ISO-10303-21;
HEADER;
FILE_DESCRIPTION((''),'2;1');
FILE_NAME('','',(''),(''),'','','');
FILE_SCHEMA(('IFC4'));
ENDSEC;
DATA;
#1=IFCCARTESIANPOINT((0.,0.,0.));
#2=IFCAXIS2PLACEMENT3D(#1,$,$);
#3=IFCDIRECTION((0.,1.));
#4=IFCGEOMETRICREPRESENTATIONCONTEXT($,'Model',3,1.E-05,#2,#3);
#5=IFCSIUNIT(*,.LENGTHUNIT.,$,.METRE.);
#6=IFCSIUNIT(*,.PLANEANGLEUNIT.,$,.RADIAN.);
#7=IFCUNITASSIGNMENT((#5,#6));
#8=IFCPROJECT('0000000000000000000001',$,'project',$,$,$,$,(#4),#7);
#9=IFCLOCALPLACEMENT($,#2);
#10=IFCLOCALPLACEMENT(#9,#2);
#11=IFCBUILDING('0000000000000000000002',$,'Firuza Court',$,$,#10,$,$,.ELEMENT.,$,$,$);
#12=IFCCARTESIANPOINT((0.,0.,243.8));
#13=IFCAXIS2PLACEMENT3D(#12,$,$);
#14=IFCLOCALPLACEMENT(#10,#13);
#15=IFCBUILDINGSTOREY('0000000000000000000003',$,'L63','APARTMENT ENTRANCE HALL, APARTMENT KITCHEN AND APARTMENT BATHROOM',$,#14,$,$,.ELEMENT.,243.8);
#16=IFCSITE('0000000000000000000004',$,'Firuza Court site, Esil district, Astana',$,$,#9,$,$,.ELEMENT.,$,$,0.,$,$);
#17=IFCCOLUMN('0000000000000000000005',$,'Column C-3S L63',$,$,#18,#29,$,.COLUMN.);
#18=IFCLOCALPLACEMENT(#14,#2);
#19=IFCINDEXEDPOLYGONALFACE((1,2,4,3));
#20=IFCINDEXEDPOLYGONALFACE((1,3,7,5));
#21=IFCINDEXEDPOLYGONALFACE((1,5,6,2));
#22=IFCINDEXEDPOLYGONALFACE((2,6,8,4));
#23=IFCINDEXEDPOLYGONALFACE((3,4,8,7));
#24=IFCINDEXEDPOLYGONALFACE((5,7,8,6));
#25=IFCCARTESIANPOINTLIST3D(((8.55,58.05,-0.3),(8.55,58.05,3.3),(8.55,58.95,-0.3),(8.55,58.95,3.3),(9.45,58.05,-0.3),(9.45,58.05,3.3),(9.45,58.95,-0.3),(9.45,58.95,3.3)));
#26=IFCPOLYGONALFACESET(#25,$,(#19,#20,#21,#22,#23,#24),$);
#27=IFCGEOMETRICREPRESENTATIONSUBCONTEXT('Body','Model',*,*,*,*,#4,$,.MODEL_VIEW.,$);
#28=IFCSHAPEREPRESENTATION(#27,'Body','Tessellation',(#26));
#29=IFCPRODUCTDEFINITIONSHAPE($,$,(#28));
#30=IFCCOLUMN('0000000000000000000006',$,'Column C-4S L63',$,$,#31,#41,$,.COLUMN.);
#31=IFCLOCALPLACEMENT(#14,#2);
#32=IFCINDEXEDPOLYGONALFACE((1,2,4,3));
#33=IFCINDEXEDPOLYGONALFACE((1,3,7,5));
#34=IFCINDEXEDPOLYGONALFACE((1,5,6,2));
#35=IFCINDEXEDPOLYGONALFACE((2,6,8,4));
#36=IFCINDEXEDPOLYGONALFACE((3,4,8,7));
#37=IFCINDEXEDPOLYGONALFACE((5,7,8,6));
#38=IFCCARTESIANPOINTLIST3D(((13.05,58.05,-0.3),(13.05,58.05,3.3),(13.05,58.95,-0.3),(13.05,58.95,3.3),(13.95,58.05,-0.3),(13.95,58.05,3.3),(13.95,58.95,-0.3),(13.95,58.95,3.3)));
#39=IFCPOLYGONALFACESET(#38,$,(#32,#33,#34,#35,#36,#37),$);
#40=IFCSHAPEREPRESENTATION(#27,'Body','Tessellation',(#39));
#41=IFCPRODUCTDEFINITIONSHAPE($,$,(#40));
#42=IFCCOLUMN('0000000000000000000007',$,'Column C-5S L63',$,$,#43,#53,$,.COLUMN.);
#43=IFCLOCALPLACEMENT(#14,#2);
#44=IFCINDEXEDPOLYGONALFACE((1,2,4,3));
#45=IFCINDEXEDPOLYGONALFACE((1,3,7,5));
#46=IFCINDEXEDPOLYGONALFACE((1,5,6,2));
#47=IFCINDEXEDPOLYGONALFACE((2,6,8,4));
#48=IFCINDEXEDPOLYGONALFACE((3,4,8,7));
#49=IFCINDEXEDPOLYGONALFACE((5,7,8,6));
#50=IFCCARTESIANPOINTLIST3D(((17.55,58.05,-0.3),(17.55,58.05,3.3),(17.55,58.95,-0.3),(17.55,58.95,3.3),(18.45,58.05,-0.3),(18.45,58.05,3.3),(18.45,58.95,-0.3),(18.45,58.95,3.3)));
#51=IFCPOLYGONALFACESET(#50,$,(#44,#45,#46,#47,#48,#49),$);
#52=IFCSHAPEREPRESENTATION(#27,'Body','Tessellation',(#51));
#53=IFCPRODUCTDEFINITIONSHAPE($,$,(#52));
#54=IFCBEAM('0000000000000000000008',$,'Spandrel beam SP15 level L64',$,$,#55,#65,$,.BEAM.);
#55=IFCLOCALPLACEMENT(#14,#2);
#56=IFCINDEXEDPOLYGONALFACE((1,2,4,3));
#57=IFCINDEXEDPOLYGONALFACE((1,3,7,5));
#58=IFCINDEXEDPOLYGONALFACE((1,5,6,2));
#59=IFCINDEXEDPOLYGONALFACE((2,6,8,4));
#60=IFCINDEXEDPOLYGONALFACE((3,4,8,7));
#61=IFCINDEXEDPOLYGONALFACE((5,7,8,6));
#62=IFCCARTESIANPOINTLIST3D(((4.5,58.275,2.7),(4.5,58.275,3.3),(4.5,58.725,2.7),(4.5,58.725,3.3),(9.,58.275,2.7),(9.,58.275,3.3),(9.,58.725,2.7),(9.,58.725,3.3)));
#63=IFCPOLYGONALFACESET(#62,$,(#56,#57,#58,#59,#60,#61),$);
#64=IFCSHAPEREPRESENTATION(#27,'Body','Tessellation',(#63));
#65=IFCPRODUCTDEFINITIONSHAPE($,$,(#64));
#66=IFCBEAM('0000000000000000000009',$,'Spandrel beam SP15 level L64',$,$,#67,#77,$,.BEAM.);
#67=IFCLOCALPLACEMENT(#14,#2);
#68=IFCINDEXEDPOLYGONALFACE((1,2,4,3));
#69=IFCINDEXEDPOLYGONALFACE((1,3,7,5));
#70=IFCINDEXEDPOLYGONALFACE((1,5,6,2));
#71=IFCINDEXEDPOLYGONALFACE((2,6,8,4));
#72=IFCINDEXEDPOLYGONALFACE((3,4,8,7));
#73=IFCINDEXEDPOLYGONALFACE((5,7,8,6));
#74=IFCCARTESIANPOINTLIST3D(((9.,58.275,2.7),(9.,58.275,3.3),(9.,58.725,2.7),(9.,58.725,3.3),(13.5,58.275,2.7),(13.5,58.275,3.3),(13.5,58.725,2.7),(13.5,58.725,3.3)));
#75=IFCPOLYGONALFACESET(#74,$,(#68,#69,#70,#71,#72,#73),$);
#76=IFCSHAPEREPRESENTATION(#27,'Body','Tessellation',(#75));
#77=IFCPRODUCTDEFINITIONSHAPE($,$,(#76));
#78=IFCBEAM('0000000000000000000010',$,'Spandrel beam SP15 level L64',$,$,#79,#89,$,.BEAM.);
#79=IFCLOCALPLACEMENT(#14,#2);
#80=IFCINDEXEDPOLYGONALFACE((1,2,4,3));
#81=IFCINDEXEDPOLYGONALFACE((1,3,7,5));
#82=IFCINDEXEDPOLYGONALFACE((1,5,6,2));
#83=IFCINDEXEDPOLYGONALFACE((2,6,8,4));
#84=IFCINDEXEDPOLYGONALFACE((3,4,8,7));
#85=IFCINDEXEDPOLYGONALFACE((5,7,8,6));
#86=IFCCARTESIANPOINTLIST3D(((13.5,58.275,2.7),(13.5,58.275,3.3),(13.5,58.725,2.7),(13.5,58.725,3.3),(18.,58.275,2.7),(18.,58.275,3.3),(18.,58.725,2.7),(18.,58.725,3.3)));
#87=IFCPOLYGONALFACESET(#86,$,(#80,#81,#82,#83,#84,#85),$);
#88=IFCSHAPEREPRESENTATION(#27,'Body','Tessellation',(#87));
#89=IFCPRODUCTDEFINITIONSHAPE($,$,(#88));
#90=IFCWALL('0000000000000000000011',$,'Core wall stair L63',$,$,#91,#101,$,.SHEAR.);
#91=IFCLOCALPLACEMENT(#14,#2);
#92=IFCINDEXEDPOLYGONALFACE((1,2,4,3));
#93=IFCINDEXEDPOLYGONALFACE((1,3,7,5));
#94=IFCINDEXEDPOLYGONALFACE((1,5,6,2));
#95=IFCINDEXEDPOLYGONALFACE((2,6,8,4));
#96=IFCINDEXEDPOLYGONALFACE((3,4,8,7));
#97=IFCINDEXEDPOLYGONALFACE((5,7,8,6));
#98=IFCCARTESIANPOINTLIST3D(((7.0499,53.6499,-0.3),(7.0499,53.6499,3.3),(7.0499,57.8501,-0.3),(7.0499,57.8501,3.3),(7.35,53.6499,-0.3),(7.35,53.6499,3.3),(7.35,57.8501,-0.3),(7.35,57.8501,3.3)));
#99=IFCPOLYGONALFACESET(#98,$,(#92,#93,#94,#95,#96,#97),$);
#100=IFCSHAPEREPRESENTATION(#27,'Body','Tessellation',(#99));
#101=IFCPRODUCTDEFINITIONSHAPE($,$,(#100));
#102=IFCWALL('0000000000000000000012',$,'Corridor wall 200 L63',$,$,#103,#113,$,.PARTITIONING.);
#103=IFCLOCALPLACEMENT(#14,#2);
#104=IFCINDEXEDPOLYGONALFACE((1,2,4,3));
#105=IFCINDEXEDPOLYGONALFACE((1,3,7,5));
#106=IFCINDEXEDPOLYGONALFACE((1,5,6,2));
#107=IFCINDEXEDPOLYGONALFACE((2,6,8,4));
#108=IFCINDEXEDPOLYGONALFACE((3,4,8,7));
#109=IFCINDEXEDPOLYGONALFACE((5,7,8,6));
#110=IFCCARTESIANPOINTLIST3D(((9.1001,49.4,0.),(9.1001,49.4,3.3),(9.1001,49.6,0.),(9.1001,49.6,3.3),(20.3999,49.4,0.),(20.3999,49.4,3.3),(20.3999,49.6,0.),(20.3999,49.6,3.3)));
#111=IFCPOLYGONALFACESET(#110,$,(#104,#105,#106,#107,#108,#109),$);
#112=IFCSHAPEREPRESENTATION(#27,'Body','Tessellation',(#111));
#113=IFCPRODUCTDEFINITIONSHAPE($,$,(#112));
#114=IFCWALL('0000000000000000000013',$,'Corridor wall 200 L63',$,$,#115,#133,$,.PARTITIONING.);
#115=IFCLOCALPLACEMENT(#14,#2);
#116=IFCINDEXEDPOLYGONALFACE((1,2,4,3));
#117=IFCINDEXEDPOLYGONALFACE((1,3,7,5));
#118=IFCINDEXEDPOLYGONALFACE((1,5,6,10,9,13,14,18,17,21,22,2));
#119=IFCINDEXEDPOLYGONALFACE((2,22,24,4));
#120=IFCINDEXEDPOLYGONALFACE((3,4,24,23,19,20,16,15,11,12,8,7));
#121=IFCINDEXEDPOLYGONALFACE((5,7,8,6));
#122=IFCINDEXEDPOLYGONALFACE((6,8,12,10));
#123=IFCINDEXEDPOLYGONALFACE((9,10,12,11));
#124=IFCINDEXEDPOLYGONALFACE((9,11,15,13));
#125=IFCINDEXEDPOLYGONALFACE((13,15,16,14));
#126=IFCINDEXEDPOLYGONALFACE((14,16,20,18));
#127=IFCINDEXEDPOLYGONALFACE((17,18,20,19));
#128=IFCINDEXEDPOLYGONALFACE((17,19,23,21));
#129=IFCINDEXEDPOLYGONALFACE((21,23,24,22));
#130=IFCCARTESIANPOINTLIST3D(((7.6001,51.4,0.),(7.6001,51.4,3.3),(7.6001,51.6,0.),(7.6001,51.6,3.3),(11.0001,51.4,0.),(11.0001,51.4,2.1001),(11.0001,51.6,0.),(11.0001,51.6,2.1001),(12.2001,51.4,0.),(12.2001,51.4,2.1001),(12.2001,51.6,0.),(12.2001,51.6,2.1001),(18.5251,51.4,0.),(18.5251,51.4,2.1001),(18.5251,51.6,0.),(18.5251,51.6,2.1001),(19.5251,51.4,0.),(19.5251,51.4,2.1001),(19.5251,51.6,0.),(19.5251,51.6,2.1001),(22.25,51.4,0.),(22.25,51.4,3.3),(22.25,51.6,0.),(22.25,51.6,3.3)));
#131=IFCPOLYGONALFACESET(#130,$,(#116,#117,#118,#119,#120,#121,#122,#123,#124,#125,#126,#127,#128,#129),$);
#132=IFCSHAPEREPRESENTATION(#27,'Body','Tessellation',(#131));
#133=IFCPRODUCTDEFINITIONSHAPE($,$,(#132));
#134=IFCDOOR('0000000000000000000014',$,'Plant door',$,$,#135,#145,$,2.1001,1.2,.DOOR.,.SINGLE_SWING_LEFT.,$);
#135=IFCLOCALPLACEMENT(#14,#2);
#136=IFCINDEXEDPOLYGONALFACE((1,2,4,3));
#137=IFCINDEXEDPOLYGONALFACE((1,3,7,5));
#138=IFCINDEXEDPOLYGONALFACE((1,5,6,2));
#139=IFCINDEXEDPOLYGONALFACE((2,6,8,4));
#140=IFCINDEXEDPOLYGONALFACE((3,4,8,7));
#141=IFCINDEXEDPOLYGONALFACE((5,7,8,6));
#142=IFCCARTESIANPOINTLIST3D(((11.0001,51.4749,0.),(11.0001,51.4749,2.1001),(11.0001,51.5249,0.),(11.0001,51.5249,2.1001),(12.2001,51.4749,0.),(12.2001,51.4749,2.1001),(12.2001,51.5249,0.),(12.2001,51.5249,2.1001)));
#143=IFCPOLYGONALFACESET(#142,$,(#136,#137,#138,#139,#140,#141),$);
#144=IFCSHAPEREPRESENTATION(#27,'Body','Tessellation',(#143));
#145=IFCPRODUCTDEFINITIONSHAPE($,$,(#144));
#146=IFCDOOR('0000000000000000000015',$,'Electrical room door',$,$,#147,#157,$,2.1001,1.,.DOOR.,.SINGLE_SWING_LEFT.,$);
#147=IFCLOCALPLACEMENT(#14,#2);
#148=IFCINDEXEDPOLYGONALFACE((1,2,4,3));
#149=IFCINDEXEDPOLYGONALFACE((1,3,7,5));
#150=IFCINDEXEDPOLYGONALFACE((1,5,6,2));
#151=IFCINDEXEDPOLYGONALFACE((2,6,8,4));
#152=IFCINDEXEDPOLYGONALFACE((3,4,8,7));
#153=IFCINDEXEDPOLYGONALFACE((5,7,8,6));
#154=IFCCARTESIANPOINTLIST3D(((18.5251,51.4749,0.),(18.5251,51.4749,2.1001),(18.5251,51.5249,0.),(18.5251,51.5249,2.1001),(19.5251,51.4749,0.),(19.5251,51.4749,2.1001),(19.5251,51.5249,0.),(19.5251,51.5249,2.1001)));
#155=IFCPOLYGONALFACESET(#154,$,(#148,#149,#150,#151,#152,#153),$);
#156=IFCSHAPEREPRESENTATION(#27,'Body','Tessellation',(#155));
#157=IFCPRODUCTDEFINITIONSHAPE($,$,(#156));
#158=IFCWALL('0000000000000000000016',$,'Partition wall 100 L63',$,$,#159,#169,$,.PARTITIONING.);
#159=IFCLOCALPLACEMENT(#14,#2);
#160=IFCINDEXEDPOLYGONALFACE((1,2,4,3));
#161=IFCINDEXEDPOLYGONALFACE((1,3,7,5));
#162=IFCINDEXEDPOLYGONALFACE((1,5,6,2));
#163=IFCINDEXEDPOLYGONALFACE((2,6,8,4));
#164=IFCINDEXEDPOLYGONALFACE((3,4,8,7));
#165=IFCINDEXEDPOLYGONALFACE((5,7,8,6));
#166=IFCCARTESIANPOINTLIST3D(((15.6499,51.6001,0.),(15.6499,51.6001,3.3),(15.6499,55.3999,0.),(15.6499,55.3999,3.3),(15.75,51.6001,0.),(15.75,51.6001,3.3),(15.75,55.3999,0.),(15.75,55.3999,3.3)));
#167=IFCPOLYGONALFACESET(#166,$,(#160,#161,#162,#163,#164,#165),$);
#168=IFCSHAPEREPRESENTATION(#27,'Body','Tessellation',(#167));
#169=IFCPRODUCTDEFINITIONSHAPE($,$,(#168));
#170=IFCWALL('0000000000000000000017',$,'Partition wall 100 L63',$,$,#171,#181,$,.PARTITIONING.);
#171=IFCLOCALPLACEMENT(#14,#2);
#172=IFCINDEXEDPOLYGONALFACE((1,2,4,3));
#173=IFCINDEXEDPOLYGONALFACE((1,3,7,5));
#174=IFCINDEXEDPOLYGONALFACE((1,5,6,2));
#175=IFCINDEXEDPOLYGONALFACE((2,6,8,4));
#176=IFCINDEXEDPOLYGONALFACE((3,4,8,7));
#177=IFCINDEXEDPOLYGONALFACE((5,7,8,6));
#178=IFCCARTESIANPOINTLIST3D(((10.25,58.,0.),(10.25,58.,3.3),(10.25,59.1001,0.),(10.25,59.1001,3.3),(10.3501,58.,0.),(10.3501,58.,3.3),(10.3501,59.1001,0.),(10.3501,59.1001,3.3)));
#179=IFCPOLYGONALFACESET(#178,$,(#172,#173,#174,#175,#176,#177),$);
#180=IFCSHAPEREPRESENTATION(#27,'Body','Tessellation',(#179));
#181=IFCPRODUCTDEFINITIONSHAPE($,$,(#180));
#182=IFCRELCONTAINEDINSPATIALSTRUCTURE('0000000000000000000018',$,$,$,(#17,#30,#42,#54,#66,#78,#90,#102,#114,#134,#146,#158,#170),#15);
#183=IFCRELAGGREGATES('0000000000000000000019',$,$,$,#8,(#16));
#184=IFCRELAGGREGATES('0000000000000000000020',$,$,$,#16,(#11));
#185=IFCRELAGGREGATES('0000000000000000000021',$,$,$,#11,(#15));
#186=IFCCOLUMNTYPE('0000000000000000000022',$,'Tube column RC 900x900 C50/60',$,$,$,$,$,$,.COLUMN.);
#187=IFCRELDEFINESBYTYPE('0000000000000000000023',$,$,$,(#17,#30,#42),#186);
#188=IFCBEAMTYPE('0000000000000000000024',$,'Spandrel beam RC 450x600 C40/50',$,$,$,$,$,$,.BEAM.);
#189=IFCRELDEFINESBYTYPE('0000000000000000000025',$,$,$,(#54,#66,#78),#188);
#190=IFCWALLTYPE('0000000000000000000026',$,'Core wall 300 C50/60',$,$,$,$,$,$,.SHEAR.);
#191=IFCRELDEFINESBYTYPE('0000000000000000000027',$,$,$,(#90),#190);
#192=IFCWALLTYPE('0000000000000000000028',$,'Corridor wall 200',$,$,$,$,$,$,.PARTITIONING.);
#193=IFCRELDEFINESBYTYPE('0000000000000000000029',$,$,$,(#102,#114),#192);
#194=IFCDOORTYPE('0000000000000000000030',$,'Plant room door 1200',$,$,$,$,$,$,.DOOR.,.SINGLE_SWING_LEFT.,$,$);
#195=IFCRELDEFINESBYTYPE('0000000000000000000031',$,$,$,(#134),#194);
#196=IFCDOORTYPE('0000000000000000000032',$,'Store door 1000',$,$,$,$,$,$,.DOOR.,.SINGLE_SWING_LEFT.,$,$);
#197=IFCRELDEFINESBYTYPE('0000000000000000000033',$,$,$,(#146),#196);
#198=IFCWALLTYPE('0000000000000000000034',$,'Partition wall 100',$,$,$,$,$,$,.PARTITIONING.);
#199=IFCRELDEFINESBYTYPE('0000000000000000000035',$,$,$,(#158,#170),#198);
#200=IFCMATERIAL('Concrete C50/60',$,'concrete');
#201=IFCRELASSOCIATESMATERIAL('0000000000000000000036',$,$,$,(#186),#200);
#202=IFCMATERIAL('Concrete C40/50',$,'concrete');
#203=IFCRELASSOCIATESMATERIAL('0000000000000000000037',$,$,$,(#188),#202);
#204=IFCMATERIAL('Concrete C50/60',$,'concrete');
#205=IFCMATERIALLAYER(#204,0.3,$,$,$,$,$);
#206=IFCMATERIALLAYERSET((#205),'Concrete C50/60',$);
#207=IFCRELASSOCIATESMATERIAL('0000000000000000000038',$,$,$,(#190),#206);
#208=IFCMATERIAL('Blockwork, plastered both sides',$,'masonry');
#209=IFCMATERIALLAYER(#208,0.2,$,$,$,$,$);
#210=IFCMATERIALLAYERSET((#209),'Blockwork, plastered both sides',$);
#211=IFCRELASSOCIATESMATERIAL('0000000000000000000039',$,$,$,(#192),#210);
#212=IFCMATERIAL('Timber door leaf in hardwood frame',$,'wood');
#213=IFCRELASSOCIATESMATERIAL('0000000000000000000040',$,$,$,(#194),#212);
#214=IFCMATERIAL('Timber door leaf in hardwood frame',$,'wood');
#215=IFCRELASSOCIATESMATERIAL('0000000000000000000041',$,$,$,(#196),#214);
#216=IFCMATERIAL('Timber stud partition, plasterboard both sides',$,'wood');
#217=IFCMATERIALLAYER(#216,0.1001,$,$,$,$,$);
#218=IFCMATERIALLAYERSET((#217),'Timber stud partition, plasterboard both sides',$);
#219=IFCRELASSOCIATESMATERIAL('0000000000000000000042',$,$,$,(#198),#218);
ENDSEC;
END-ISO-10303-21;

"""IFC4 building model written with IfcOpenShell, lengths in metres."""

from ifc_helpers import new_model, si_unit, direction, frame, frame_2d, origin, origin_2d, place, context, subcontext, project, spatial, rectangle, extrude, material, layer, layer_set, material_profile, profile_set, type_object, element, fill, save


model = new_model("IFC4")

# Units and contexts
model_context = context("Model", 3, precision=1e-05, world=origin(), true_north=direction((0.0, 1.0)))
body_context = subcontext(model_context, "Body", "Model", "MODEL_VIEW")
ifc_project = project(units=[si_unit("LENGTHUNIT", "METRE"), si_unit("PLANEANGLEUNIT", "RADIAN")], contexts=[model_context])

# Site, building, storey
site_placement = place(None, origin())
site = spatial("IfcSite", under=ifc_project, at=site_placement, Name="Firuza Court site, Esil district, Astana", CompositionType="ELEMENT", RefElevation=0.0)
building_placement = place(site_placement, origin())
building = spatial("IfcBuilding", under=site, at=building_placement, Name="Firuza Court", CompositionType="ELEMENT")
storey_placement = place(building_placement, frame((0.0, 0.0, 243.8)))
storey = spatial("IfcBuildingStorey", under=building, at=storey_placement, Name="L63", Description="APARTMENT ENTRANCE HALL, APARTMENT KITCHEN AND APARTMENT BATHROOM", CompositionType="ELEMENT", Elevation=243.8)

# Columns
ifc_material_1 = material(Name="Concrete C50/60", Category="concrete")
ifc_material_profile_1 = material_profile(ifc_material_1, rectangle(XDim=0.8999, YDim=0.8999, at=origin_2d()), Name="RC 900x900")
ifc_profile_set_1 = profile_set([ifc_material_profile_1], Name="Concrete C50/60")
column_type = type_object("IfcColumnType", Name="Tube column RC 900x900 C50/60", PredefinedType="COLUMN", material=ifc_profile_set_1)
for number, where, z_axis, x_axis, name in (
    (1, (9.0, 58.5, -0.3), (0.0, 0.0, 1.0), (1.0, 0.0, 0.0), "Column C-3S L63"),
    (2, (13.5, 58.5, -0.3), (0.0, 0.0, 1.0), (1.0, 0.0, 0.0), "Column C-4S L63"),
    (3, (18.0, 58.5, -0.3), (0.0, 0.0, 1.0), (1.0, 0.0, 0.0), "Column C-5S L63"),
):
    element("IfcColumn", number, at=place(storey_placement, frame(where, z_axis=z_axis, x_axis=x_axis)), inside=storey, type_object=column_type, Name=name, PredefinedType="COLUMN", context=body_context, shape_type="SweptSolid", body=[
        extrude(rectangle(XDim=0.8999, YDim=0.8999, at=origin_2d()), origin(), (0.0, 0.0, 1.0), 3.6001),
    ])

# Beams
ifc_material_2 = material(Name="Concrete C40/50", Category="concrete")
ifc_material_profile_2 = material_profile(ifc_material_2, rectangle(XDim=0.45, YDim=0.6001, at=origin_2d()), Name="RC 450x600")
ifc_profile_set_2 = profile_set([ifc_material_profile_2], Name="Concrete C40/50")
beam_type = type_object("IfcBeamType", Name="Spandrel beam RC 450x600 C40/50", PredefinedType="BEAM", material=ifc_profile_set_2)
for number, where, z_axis, x_axis, name in (
    (4, (9.0, 58.5, 3.0), (-1.0, 0.0, 0.0), (0.0, -1.0, 0.0), "Spandrel beam SP15 level L64"),
    (5, (13.5, 58.5, 3.0), (-1.0, 0.0, 0.0), (0.0, -1.0, 0.0), "Spandrel beam SP15 level L64"),
    (6, (18.0, 58.5, 3.0), (-1.0, 0.0, 0.0), (0.0, -1.0, 0.0), "Spandrel beam SP15 level L64"),
):
    element("IfcBeam", number, at=place(storey_placement, frame(where, z_axis=z_axis, x_axis=x_axis)), inside=storey, type_object=beam_type, Name=name, PredefinedType="BEAM", context=body_context, shape_type="SweptSolid", body=[
        extrude(rectangle(XDim=0.45, YDim=0.6001, at=origin_2d()), origin(), (0.0, 0.0, 1.0), 4.5),
    ])

# Walls
ifc_material_3 = material(Name="Concrete C50/60", Category="concrete")
ifc_layer_1 = layer(ifc_material_3, 0.3)
ifc_layer_set_1 = layer_set([ifc_layer_1], Name="Concrete C50/60")
wall_type_1 = type_object("IfcWallType", Name="Core wall 300 C50/60", PredefinedType="SHEAR", material=ifc_layer_set_1)
wall_1_placement = place(storey_placement, frame((7.2, 53.6499, -0.3), z_axis=(0.0, 0.0, 1.0), x_axis=(0.0, 1.0, 0.0)))
element("IfcWall", 7, at=wall_1_placement, inside=storey, type_object=wall_type_1, Name="Core wall stair L63", PredefinedType="SHEAR", context=body_context, shape_type="SweptSolid", body=[
    extrude(rectangle(XDim=4.2002, YDim=0.3, at=frame_2d((2.1001, 0.0))), origin(), (0.0, 0.0, 1.0), 3.6001),
])
ifc_material_4 = material(Name="Blockwork, plastered both sides", Category="masonry")
ifc_layer_2 = layer(ifc_material_4, 0.2)
ifc_layer_set_2 = layer_set([ifc_layer_2], Name="Blockwork, plastered both sides")
wall_type_2 = type_object("IfcWallType", Name="Corridor wall 200", PredefinedType="PARTITIONING", material=ifc_layer_set_2)
wall_2_placement = place(storey_placement, frame((9.1001, 49.5, 0.0), z_axis=(0.0, 0.0, 1.0), x_axis=(1.0, 0.0, 0.0)))
element("IfcWall", 8, at=wall_2_placement, inside=storey, type_object=wall_type_2, Name="Corridor wall 200 L63", PredefinedType="PARTITIONING", context=body_context, shape_type="SweptSolid", body=[
    extrude(rectangle(XDim=11.2998, YDim=0.2, at=frame_2d((5.6499, 0.0))), origin(), (0.0, 0.0, 1.0), 3.3),
])

# Wall, openings, doors
wall_3_placement = place(storey_placement, frame((7.6001, 51.5, 0.0), z_axis=(0.0, 0.0, 1.0), x_axis=(1.0, 0.0, 0.0)))
wall_3 = element("IfcWall", 9, at=wall_3_placement, inside=storey, type_object=wall_type_2, Name="Corridor wall 200 L63", PredefinedType="PARTITIONING", context=body_context, shape_type="SweptSolid", body=[
    extrude(rectangle(XDim=14.6499, YDim=0.2, at=frame_2d((7.325, 0.0))), origin(), (0.0, 0.0, 1.0), 3.3),
])
opening_1_placement = place(wall_3_placement, frame((3.3999, 0.0, 0.0)))
opening_1 = element("IfcOpeningElement", 10, at=opening_1_placement, cuts=wall_3, PredefinedType="OPENING", context=body_context, shape_type="SweptSolid", body=[
    extrude(rectangle(XDim=1.2, YDim=2.1001, at=frame_2d((0.6001, 1.05))), frame((0.0, 0.1118, 0.0), z_axis=(0.0, -1.0, 0.0), x_axis=(1.0, 0.0, 0.0)), (0.0, 0.0, 1.0), 0.2239),
])
opening_2_placement = place(wall_3_placement, frame((10.925, 0.0, 0.0)))
opening_2 = element("IfcOpeningElement", 11, at=opening_2_placement, cuts=wall_3, PredefinedType="OPENING", context=body_context, shape_type="SweptSolid", body=[
    extrude(rectangle(XDim=1.0, YDim=2.1001, at=frame_2d((0.5, 1.05))), frame((0.0, 0.1118, 0.0), z_axis=(0.0, -1.0, 0.0), x_axis=(1.0, 0.0, 0.0)), (0.0, 0.0, 1.0), 0.2239),
])
ifc_material_5 = material(Name="Timber door leaf in hardwood frame", Category="wood")
door_type_1 = type_object("IfcDoorType", Name="Plant room door 1200", OperationType="SINGLE_SWING_LEFT", PredefinedType="DOOR", material=ifc_material_5)
door_1_placement = place(opening_1_placement, origin())
door_1 = element("IfcDoor", 12, at=door_1_placement, inside=storey, type_object=door_type_1, Name="Plant door", OperationType="SINGLE_SWING_LEFT", OverallHeight=2.1001, OverallWidth=1.2, PredefinedType="DOOR", context=body_context, shape_type="SweptSolid", body=[
    extrude(rectangle(XDim=1.2, YDim=2.1001, at=frame_2d((0.6001, 1.05))), frame((0.0, 0.0249, 0.0), z_axis=(0.0, -1.0, 0.0), x_axis=(1.0, 0.0, 0.0)), (0.0, 0.0, 1.0), 0.05),
])
fill(opening_1, door_1)
ifc_material_6 = material(Name="Timber door leaf in hardwood frame", Category="wood")
door_type_2 = type_object("IfcDoorType", Name="Store door 1000", OperationType="SINGLE_SWING_LEFT", PredefinedType="DOOR", material=ifc_material_6)
door_2_placement = place(opening_2_placement, origin())
door_2 = element("IfcDoor", 13, at=door_2_placement, inside=storey, type_object=door_type_2, Name="Electrical room door", OperationType="SINGLE_SWING_LEFT", OverallHeight=2.1001, OverallWidth=1.0, PredefinedType="DOOR", context=body_context, shape_type="SweptSolid", body=[
    extrude(rectangle(XDim=1.0, YDim=2.1001, at=frame_2d((0.5, 1.05))), frame((0.0, 0.0249, 0.0), z_axis=(0.0, -1.0, 0.0), x_axis=(1.0, 0.0, 0.0)), (0.0, 0.0, 1.0), 0.05),
])
fill(opening_2, door_2)

# Walls
ifc_material_7 = material(Name="Timber stud partition, plasterboard both sides", Category="wood")
ifc_layer_3 = layer(ifc_material_7, 0.1001)
ifc_layer_set_3 = layer_set([ifc_layer_3], Name="Timber stud partition, plasterboard both sides")
wall_type_3 = type_object("IfcWallType", Name="Partition wall 100", PredefinedType="PARTITIONING", material=ifc_layer_set_3)
wall_4_placement = place(storey_placement, frame((15.7, 51.6001, 0.0), z_axis=(0.0, 0.0, 1.0), x_axis=(0.0, 1.0, 0.0)))
element("IfcWall", 14, at=wall_4_placement, inside=storey, type_object=wall_type_3, Name="Partition wall 100 L63", PredefinedType="PARTITIONING", context=body_context, shape_type="SweptSolid", body=[
    extrude(rectangle(XDim=3.7998, YDim=0.1001, at=frame_2d((1.8999, 0.0))), origin(), (0.0, 0.0, 1.0), 3.3),
])
for number, where, z_axis, x_axis, name in (
    (15, (10.3, 58.0, 0.0), (0.0, 0.0, 1.0), (0.0, 1.0, 0.0), "Partition wall 100 L63"),
):
    element("IfcWall", number, at=place(storey_placement, frame(where, z_axis=z_axis, x_axis=x_axis)), inside=storey, type_object=wall_type_3, Name=name, PredefinedType="PARTITIONING", context=body_context, shape_type="SweptSolid", body=[
        extrude(rectangle(XDim=1.1001, YDim=0.1001, at=frame_2d((0.55, 0.0))), origin(), (0.0, 0.0, 1.0), 3.3),
    ])

save(model, "model.ifc")
